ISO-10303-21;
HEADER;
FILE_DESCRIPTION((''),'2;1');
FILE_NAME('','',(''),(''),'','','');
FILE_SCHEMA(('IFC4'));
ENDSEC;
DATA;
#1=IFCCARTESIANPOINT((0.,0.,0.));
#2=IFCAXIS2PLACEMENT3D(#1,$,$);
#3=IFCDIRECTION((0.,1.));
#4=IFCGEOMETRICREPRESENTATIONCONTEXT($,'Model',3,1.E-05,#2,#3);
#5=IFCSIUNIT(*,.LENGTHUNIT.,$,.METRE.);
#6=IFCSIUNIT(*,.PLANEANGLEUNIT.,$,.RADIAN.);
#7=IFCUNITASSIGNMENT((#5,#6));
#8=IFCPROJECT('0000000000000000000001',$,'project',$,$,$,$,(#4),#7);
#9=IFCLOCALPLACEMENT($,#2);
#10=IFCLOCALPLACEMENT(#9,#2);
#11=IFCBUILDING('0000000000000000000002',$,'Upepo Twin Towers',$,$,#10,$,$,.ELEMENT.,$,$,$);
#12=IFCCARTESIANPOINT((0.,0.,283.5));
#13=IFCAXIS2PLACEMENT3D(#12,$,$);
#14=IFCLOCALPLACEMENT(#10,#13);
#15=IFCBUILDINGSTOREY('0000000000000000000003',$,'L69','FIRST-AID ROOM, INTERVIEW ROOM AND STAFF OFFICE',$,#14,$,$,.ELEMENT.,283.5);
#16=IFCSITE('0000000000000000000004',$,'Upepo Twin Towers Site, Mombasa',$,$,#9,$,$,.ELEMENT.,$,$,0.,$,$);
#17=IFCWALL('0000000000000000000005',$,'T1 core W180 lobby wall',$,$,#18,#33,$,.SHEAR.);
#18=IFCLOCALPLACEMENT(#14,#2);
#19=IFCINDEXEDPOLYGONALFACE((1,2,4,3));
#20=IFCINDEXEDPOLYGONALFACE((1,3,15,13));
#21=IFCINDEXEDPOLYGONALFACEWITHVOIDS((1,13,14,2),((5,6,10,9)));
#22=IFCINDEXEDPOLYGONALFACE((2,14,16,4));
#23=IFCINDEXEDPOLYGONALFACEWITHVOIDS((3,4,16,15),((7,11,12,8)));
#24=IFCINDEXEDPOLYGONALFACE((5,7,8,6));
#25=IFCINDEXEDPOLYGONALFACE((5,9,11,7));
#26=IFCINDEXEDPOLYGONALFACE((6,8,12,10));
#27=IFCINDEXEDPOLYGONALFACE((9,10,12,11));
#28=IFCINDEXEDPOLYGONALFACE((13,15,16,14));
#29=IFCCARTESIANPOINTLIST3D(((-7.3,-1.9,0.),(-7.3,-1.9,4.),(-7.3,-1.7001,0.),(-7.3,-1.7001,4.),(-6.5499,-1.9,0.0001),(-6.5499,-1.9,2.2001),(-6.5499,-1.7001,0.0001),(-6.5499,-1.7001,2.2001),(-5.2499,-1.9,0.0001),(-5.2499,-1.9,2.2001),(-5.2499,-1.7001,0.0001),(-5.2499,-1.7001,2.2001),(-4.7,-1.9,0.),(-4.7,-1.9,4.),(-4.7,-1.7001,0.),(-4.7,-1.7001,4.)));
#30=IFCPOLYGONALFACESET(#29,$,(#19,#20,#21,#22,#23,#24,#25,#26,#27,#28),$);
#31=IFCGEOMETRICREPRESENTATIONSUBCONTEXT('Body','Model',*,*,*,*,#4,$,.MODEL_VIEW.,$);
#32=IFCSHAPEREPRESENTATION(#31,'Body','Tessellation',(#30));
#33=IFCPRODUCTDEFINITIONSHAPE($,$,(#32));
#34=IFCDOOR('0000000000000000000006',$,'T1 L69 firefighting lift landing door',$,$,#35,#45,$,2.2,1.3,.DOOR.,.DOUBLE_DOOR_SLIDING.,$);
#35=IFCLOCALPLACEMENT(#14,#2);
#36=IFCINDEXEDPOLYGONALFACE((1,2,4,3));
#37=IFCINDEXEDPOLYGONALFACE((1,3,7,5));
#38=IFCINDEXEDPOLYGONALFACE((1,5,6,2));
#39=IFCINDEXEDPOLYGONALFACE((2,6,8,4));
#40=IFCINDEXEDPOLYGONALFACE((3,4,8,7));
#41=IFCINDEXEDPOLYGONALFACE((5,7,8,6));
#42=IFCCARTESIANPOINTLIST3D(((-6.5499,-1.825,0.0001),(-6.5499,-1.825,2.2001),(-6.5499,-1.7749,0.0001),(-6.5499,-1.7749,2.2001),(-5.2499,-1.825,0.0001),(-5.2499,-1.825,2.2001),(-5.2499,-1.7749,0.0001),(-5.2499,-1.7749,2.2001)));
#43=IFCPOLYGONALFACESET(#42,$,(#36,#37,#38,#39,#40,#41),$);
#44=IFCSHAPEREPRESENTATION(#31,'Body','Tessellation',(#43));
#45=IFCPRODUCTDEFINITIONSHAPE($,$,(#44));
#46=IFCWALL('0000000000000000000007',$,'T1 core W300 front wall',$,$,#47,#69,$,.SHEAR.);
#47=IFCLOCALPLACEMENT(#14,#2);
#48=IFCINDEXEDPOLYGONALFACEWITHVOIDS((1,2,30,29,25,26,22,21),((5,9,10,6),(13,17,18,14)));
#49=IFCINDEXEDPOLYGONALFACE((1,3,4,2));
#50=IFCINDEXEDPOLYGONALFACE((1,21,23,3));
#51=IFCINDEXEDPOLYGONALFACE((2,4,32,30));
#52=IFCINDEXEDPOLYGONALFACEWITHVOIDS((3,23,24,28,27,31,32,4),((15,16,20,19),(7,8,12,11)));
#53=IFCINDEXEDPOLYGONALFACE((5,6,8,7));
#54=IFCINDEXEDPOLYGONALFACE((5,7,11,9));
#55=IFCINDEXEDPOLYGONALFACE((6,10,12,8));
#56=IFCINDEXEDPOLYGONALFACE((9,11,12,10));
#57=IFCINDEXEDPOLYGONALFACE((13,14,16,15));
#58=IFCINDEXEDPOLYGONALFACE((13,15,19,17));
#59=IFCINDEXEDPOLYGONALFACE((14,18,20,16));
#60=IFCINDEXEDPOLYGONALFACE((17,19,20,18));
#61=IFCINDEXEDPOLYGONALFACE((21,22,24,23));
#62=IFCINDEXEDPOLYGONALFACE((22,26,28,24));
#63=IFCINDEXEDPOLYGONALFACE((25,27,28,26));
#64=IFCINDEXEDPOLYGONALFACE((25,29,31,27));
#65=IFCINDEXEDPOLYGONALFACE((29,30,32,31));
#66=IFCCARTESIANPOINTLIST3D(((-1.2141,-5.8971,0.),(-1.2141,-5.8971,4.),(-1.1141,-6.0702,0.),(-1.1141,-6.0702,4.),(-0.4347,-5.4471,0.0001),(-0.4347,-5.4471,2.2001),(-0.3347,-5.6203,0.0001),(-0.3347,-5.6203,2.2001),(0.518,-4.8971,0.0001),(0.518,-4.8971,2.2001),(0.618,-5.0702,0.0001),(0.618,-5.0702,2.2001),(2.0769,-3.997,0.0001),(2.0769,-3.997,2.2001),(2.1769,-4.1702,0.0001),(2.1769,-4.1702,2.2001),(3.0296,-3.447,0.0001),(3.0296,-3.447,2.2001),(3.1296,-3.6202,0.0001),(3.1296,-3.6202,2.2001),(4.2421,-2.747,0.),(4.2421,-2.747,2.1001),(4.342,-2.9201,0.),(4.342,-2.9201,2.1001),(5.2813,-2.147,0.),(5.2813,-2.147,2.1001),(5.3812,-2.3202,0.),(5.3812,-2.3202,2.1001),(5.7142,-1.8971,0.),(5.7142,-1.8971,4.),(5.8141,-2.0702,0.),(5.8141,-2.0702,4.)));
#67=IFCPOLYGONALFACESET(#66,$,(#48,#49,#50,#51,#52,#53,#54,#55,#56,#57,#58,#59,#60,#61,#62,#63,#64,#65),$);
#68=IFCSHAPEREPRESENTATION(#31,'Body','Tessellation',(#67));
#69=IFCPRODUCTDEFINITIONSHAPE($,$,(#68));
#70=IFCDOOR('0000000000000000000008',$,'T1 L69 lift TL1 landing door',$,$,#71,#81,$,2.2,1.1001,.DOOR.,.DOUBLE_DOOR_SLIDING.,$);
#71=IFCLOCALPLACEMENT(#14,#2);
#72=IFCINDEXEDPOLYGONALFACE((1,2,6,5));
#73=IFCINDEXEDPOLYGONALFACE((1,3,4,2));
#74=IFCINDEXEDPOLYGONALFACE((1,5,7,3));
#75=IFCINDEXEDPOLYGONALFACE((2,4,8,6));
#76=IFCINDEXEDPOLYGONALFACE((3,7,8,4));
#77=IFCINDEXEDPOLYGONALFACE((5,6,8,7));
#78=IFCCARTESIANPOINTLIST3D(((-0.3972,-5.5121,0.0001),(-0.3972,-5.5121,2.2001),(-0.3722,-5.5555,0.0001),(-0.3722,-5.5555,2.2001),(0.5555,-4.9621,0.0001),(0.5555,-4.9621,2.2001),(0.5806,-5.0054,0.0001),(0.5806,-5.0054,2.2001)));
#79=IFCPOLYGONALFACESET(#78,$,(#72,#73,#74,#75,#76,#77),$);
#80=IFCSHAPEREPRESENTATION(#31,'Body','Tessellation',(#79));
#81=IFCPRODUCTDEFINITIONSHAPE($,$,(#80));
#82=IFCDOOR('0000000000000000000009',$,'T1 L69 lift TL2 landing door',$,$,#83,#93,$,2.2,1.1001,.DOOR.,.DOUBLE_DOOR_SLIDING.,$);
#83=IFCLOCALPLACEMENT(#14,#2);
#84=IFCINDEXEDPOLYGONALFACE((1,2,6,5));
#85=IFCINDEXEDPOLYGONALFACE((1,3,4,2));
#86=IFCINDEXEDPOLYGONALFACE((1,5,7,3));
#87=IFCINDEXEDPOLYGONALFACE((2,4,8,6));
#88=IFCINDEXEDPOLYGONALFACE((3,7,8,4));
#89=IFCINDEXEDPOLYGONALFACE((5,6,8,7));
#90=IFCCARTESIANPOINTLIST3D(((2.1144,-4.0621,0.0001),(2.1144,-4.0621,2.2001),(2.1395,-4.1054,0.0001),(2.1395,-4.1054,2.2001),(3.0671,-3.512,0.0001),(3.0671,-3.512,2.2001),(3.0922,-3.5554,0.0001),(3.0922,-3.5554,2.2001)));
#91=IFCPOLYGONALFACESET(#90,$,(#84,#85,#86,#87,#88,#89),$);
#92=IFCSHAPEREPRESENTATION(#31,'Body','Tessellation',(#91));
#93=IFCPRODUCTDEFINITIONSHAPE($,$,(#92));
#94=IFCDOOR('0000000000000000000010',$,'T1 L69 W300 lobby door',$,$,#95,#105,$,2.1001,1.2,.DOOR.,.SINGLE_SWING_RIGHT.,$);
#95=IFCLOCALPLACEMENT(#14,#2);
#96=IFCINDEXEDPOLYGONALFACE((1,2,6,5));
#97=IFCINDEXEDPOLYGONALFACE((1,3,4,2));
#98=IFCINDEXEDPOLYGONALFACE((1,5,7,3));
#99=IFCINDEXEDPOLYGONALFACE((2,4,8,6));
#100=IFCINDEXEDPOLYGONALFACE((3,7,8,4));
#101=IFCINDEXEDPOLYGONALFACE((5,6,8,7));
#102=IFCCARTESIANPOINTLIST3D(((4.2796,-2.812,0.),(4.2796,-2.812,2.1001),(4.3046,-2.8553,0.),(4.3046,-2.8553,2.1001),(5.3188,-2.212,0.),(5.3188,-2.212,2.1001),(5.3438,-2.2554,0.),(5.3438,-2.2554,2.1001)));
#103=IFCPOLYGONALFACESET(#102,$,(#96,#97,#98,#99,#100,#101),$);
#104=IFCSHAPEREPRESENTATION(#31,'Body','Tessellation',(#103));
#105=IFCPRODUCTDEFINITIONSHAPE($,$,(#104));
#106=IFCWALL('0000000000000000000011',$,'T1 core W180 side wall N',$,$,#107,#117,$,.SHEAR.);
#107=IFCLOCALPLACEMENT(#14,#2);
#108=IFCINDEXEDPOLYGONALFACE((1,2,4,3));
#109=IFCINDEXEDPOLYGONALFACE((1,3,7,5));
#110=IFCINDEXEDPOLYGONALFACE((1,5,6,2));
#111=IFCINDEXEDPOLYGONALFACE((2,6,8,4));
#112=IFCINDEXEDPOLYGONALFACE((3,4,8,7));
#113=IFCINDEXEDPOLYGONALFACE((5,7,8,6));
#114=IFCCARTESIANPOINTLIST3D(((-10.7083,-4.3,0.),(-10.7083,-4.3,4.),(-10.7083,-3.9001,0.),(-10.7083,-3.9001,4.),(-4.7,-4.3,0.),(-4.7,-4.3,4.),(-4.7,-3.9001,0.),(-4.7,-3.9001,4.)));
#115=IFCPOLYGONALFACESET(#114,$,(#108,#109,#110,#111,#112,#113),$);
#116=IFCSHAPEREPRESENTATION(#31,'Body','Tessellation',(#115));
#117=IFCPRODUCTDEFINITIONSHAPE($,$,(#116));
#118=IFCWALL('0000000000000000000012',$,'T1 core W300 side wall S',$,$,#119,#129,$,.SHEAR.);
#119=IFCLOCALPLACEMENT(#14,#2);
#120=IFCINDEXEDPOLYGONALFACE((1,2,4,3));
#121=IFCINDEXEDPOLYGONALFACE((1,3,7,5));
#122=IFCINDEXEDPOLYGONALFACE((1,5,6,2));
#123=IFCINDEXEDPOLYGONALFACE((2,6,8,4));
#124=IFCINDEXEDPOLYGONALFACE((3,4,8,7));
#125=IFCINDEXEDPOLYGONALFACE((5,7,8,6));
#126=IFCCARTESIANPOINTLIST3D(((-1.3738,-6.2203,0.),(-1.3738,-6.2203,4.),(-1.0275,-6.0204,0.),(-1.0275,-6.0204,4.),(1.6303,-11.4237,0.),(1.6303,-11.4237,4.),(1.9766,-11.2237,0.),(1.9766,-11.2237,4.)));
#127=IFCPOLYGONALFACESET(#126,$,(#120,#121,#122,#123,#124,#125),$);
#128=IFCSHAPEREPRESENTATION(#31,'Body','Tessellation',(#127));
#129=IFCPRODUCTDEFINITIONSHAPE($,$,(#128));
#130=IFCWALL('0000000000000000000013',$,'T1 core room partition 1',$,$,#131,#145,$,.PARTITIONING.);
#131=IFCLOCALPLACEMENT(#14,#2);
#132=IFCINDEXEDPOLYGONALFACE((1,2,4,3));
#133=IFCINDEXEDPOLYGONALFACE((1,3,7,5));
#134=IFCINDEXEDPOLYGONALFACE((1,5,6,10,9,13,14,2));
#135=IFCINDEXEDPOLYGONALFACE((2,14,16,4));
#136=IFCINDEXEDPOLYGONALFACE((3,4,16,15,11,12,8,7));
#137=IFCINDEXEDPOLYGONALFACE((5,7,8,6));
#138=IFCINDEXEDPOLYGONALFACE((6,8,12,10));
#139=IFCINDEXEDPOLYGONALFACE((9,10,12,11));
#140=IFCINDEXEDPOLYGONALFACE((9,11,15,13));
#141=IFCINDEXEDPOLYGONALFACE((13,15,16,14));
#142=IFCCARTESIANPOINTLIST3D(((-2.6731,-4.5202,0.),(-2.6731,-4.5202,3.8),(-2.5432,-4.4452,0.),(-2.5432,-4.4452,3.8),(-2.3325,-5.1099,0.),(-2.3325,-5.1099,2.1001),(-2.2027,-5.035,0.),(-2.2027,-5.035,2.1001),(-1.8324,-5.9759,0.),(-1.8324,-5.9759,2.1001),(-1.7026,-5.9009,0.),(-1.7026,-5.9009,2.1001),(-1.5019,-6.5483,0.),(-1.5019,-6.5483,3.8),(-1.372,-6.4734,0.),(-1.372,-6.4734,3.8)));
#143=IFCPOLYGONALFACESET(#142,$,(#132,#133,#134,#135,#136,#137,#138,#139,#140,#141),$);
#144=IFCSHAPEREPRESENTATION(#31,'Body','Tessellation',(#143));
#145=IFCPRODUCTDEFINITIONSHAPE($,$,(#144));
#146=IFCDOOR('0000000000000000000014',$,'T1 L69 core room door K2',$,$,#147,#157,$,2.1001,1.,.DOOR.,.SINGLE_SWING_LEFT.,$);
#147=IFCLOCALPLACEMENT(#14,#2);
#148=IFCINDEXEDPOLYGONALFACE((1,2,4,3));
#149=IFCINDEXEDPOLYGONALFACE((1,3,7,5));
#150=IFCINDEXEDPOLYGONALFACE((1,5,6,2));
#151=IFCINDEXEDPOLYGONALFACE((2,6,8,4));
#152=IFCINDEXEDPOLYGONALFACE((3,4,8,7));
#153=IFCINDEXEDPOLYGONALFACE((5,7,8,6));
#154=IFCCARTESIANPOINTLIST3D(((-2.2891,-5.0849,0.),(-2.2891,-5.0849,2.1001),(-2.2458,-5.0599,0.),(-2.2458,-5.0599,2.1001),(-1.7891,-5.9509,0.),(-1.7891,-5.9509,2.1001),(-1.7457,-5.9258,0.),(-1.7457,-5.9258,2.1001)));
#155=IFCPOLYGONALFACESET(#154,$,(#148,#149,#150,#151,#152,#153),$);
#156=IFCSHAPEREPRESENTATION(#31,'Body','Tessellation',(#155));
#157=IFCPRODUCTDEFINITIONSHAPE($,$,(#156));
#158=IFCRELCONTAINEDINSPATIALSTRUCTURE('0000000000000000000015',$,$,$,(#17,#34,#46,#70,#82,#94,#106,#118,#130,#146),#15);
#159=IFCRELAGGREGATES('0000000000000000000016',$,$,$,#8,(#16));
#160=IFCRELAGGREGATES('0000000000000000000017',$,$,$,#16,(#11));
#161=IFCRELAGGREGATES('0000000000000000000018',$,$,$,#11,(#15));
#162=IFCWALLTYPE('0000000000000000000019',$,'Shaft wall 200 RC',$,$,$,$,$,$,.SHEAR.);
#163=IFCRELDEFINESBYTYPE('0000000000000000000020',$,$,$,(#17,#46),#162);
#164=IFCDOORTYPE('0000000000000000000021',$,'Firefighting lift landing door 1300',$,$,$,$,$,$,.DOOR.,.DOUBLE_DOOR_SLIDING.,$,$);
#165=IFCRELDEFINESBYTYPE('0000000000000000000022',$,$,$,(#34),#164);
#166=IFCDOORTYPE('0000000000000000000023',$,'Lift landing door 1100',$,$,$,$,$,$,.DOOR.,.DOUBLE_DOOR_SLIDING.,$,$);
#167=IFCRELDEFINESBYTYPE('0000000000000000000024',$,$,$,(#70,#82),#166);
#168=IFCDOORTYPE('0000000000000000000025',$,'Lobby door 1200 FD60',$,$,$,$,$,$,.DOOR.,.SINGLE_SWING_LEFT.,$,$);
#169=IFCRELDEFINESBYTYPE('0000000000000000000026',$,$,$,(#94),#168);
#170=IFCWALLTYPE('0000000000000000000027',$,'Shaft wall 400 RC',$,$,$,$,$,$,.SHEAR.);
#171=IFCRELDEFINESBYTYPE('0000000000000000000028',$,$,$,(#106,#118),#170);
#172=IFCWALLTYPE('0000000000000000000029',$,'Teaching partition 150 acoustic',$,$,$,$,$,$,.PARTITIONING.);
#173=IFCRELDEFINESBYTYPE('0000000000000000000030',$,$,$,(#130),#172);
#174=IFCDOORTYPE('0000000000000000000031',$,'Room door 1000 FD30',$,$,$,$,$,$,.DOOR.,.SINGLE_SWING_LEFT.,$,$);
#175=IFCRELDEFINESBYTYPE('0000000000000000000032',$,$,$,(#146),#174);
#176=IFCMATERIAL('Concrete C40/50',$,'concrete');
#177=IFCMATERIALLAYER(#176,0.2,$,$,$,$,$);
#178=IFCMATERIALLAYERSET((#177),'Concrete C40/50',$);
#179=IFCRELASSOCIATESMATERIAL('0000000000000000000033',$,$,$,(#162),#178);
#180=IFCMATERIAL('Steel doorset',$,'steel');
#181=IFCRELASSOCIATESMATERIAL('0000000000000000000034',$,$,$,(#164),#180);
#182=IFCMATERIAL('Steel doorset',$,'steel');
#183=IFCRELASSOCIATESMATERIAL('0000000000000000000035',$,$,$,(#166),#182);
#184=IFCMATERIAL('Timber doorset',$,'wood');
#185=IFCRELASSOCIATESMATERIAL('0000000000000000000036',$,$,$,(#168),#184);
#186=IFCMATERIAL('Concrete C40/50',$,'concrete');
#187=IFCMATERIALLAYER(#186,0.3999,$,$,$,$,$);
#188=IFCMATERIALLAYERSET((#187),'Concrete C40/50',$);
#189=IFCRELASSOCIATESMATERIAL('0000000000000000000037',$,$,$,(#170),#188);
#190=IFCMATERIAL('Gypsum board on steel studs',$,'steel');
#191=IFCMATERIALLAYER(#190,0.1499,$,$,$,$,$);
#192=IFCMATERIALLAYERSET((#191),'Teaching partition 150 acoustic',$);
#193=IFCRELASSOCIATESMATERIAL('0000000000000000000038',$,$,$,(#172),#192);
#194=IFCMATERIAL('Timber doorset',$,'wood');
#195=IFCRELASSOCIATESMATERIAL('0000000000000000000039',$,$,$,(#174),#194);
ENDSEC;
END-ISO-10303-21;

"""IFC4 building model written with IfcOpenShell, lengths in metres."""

from ifc_helpers import new_model, si_unit, direction, frame, frame_2d, origin, place, context, subcontext, project, spatial, rectangle, extrude, material, layer, layer_set, type_object, element, fill, save


model = new_model("IFC4")

# Units and contexts
model_context = context("Model", 3, precision=1e-05, world=origin(), true_north=direction((0.0, 1.0)))
body_context = subcontext(model_context, "Body", "Model", "MODEL_VIEW")
ifc_project = project(units=[si_unit("LENGTHUNIT", "METRE"), si_unit("PLANEANGLEUNIT", "RADIAN")], contexts=[model_context])

# Site, building, storey
site_placement = place(None, origin())
site = spatial("IfcSite", under=ifc_project, at=site_placement, Name="Upepo Twin Towers Site, Mombasa", CompositionType="ELEMENT", RefElevation=0.0)
building_placement = place(site_placement, origin())
building = spatial("IfcBuilding", under=site, at=building_placement, Name="Upepo Twin Towers", CompositionType="ELEMENT")
storey_placement = place(building_placement, frame((0.0, 0.0, 283.5)))
storey = spatial("IfcBuildingStorey", under=building, at=storey_placement, Name="L69", Description="FIRST-AID ROOM, INTERVIEW ROOM AND STAFF OFFICE", CompositionType="ELEMENT", Elevation=283.5)

# Wall, opening, door
ifc_material_1 = material(Name="Concrete C40/50", Category="concrete")
ifc_layer_1 = layer(ifc_material_1, 0.2)
ifc_layer_set_1 = layer_set([ifc_layer_1], Name="Concrete C40/50")
wall_type_1 = type_object("IfcWallType", Name="Shaft wall 200 RC", PredefinedType="SHEAR", material=ifc_layer_set_1)
wall_1_placement = place(storey_placement, frame((-4.7, -1.8, 0.0), z_axis=(0.0, 0.0, 1.0), x_axis=(-1.0, 0.0, 0.0)))
wall_1 = element("IfcWall", 1, at=wall_1_placement, inside=storey, type_object=wall_type_1, Name="T1 core W180 lobby wall", PredefinedType="SHEAR", context=body_context, shape_type="SweptSolid", body=[
    extrude(rectangle(XDim=2.6001, YDim=0.2, at=frame_2d((1.3, 0.0))), origin(), (0.0, 0.0, 1.0), 4.0),
])
opening_1_placement = place(wall_1_placement, frame((0.55, 0.0, 0.0)))
opening_1 = element("IfcOpeningElement", 2, at=opening_1_placement, cuts=wall_1, PredefinedType="OPENING", context=body_context, shape_type="SweptSolid", body=[
    extrude(rectangle(XDim=1.3, YDim=2.2, at=frame_2d((0.6499, 1.1001))), frame((0.0, 0.1099, 0.0), z_axis=(0.0, -1.0, 0.0), x_axis=(1.0, 0.0, 0.0)), (0.0, 0.0, 1.0), 0.22),
])
ifc_material_2 = material(Name="Steel doorset", Category="steel")
door_type_1 = type_object("IfcDoorType", Name="Firefighting lift landing door 1300", OperationType="DOUBLE_DOOR_SLIDING", PredefinedType="DOOR", material=ifc_material_2)
door_1_placement = place(opening_1_placement, origin())
door_1 = element("IfcDoor", 3, at=door_1_placement, inside=storey, type_object=door_type_1, Name="T1 L69 firefighting lift landing door", OperationType="DOUBLE_DOOR_SLIDING", OverallHeight=2.2, OverallWidth=1.3, PredefinedType="DOOR", context=body_context, shape_type="SweptSolid", body=[
    extrude(rectangle(XDim=1.3, YDim=2.2, at=frame_2d((0.6499, 1.1001))), frame((0.0, 0.0249, 0.0), z_axis=(0.0, -1.0, 0.0), x_axis=(1.0, 0.0, 0.0)), (0.0, 0.0, 1.0), 0.05),
])
fill(opening_1, door_1)

# Wall, openings, doors
wall_2_placement = place(storey_placement, frame((-1.1641, -5.9836, 0.0), z_axis=(0.0, 0.0, 1.0), x_axis=(0.866026, 0.499999, 0.0)))
wall_2 = element("IfcWall", 4, at=wall_2_placement, inside=storey, type_object=wall_type_1, Name="T1 core W300 front wall", PredefinedType="SHEAR", context=body_context, shape_type="SweptSolid", body=[
    extrude(rectangle(XDim=8.0, YDim=0.2, at=frame_2d((4.0, 0.0))), origin(), (0.0, 0.0, 1.0), 4.0),
])
opening_2_placement = place(wall_2_placement, frame((6.3, 0.0, 0.0)))
opening_2 = element("IfcOpeningElement", 5, at=opening_2_placement, cuts=wall_2, PredefinedType="OPENING", context=body_context, shape_type="SweptSolid", body=[
    extrude(rectangle(XDim=1.2, YDim=2.1001, at=frame_2d((0.6001, 1.05))), frame((0.0, 0.1099, 0.0), z_axis=(0.0, -1.0, 0.0), x_axis=(1.0, 0.0, 0.0)), (0.0, 0.0, 1.0), 0.22),
])
opening_3_placement = place(wall_2_placement, frame((0.8999, 0.0, 0.0)))
opening_3 = element("IfcOpeningElement", 6, at=opening_3_placement, cuts=wall_2, PredefinedType="OPENING", context=body_context, shape_type="SweptSolid", body=[
    extrude(rectangle(XDim=1.1001, YDim=2.2, at=frame_2d((0.55, 1.1001))), frame((0.0, 0.1099, 0.0), z_axis=(0.0, -1.0, 0.0), x_axis=(1.0, 0.0, 0.0)), (0.0, 0.0, 1.0), 0.22),
])
opening_4_placement = place(wall_2_placement, frame((3.8, 0.0, 0.0)))
opening_4 = element("IfcOpeningElement", 7, at=opening_4_placement, cuts=wall_2, PredefinedType="OPENING", context=body_context, shape_type="SweptSolid", body=[
    extrude(rectangle(XDim=1.1001, YDim=2.2, at=frame_2d((0.55, 1.1001))), frame((0.0, 0.1099, 0.0), z_axis=(0.0, -1.0, 0.0), x_axis=(1.0, 0.0, 0.0)), (0.0, 0.0, 1.0), 0.22),
])
ifc_material_3 = material(Name="Steel doorset", Category="steel")
door_type_2 = type_object("IfcDoorType", Name="Lift landing door 1100", OperationType="DOUBLE_DOOR_SLIDING", PredefinedType="DOOR", material=ifc_material_3)
door_2_placement = place(opening_3_placement, origin())
door_2 = element("IfcDoor", 8, at=door_2_placement, inside=storey, type_object=door_type_2, Name="T1 L69 lift TL1 landing door", OperationType="DOUBLE_DOOR_SLIDING", OverallHeight=2.2, OverallWidth=1.1001, PredefinedType="DOOR", context=body_context, shape_type="SweptSolid", body=[
    extrude(rectangle(XDim=1.1001, YDim=2.2, at=frame_2d((0.55, 1.1001))), frame((0.0, 0.0249, 0.0), z_axis=(0.0, -1.0, 0.0), x_axis=(1.0, 0.0, 0.0)), (0.0, 0.0, 1.0), 0.05),
])
fill(opening_3, door_2)
door_3_placement = place(opening_4_placement, origin())
door_3 = element("IfcDoor", 9, at=door_3_placement, inside=storey, type_object=door_type_2, Name="T1 L69 lift TL2 landing door", OperationType="DOUBLE_DOOR_SLIDING", OverallHeight=2.2, OverallWidth=1.1001, PredefinedType="DOOR", context=body_context, shape_type="SweptSolid", body=[
    extrude(rectangle(XDim=1.1001, YDim=2.2, at=frame_2d((0.55, 1.1001))), frame((0.0, 0.0249, 0.0), z_axis=(0.0, -1.0, 0.0), x_axis=(1.0, 0.0, 0.0)), (0.0, 0.0, 1.0), 0.05),
])
fill(opening_4, door_3)
ifc_material_4 = material(Name="Timber doorset", Category="wood")
door_type_3 = type_object("IfcDoorType", Name="Lobby door 1200 FD60", OperationType="SINGLE_SWING_LEFT", PredefinedType="DOOR", material=ifc_material_4)
door_4_placement = place(opening_2_placement, origin())
door_4 = element("IfcDoor", 10, at=door_4_placement, inside=storey, type_object=door_type_3, Name="T1 L69 W300 lobby door", OperationType="SINGLE_SWING_RIGHT", OverallHeight=2.1001, OverallWidth=1.2, PredefinedType="DOOR", context=body_context, shape_type="SweptSolid", body=[
    extrude(rectangle(XDim=1.2, YDim=2.1001, at=frame_2d((0.6001, 1.05))), frame((0.0, 0.0249, 0.0), z_axis=(0.0, -1.0, 0.0), x_axis=(1.0, 0.0, 0.0)), (0.0, 0.0, 1.0), 0.05),
])
fill(opening_2, door_4)

# Walls
ifc_material_5 = material(Name="Concrete C40/50", Category="concrete")
ifc_layer_2 = layer(ifc_material_5, 0.3999)
ifc_layer_set_2 = layer_set([ifc_layer_2], Name="Concrete C40/50")
wall_type_2 = type_object("IfcWallType", Name="Shaft wall 400 RC", PredefinedType="SHEAR", material=ifc_layer_set_2)
for number, where, z_axis, x_axis, name in (
    (11, (-4.7, -4.1001, 0.0), (0.0, 0.0, 1.0), (-1.0, 0.0, 0.0), "T1 core W180 side wall N"),
    (12, (-1.2007, -6.1204, 0.0), (0.0, 0.0, 1.0), (0.499998, -0.866027, 0.0), "T1 core W300 side wall S"),
):
    element("IfcWall", number, at=place(storey_placement, frame(where, z_axis=z_axis, x_axis=x_axis)), inside=storey, type_object=wall_type_2, Name=name, PredefinedType="SHEAR", context=body_context, shape_type="SweptSolid", body=[
        extrude(rectangle(XDim=6.0083, YDim=0.3999, at=frame_2d((3.0042, 0.0))), origin(), (0.0, 0.0, 1.0), 4.0),
    ])

# Wall, opening, door
ifc_material_6 = material(Name="Gypsum board on steel studs", Category="steel")
ifc_layer_3 = layer(ifc_material_6, 0.1499)
ifc_layer_set_3 = layer_set([ifc_layer_3], Name="Teaching partition 150 acoustic")
wall_type_3 = type_object("IfcWallType", Name="Teaching partition 150 acoustic", PredefinedType="PARTITIONING", material=ifc_layer_set_3)
wall_3_placement = place(storey_placement, frame((-1.437, -6.5107, 0.0), z_axis=(0.0, 0.0, 1.0), x_axis=(-0.500074, 0.865982, 0.0)))
wall_3 = element("IfcWall", 13, at=wall_3_placement, inside=storey, type_object=wall_type_3, Name="T1 core room partition 1", PredefinedType="PARTITIONING", context=body_context, shape_type="SweptSolid", body=[
    extrude(rectangle(XDim=2.342, YDim=0.1499, at=frame_2d((1.1709, 0.0))), origin(), (0.0, 0.0, 1.0), 3.8),
])
opening_5_placement = place(wall_3_placement, frame((0.6609, 0.0, 0.0)))
opening_5 = element("IfcOpeningElement", 14, at=opening_5_placement, cuts=wall_3, PredefinedType="OPENING", context=body_context, shape_type="SweptSolid", body=[
    extrude(rectangle(XDim=1.0, YDim=2.1001, at=frame_2d((0.5, 1.05))), frame((0.0, 0.085, 0.0), z_axis=(0.0, -1.0, 0.0), x_axis=(1.0, 0.0, 0.0)), (0.0, 0.0, 1.0), 0.1699),
])
ifc_material_7 = material(Name="Timber doorset", Category="wood")
door_type_4 = type_object("IfcDoorType", Name="Room door 1000 FD30", OperationType="SINGLE_SWING_LEFT", PredefinedType="DOOR", material=ifc_material_7)
door_5_placement = place(opening_5_placement, origin())
door_5 = element("IfcDoor", 15, at=door_5_placement, inside=storey, type_object=door_type_4, Name="T1 L69 core room door K2", OperationType="SINGLE_SWING_LEFT", OverallHeight=2.1001, OverallWidth=1.0, PredefinedType="DOOR", context=body_context, shape_type="SweptSolid", body=[
    extrude(rectangle(XDim=1.0, YDim=2.1001, at=frame_2d((0.5, 1.05))), frame((0.0, 0.0249, 0.0), z_axis=(0.0, -1.0, 0.0), x_axis=(1.0, 0.0, 0.0)), (0.0, 0.0, 1.0), 0.05),
])
fill(opening_5, door_5)

save(model, "model.ifc")
